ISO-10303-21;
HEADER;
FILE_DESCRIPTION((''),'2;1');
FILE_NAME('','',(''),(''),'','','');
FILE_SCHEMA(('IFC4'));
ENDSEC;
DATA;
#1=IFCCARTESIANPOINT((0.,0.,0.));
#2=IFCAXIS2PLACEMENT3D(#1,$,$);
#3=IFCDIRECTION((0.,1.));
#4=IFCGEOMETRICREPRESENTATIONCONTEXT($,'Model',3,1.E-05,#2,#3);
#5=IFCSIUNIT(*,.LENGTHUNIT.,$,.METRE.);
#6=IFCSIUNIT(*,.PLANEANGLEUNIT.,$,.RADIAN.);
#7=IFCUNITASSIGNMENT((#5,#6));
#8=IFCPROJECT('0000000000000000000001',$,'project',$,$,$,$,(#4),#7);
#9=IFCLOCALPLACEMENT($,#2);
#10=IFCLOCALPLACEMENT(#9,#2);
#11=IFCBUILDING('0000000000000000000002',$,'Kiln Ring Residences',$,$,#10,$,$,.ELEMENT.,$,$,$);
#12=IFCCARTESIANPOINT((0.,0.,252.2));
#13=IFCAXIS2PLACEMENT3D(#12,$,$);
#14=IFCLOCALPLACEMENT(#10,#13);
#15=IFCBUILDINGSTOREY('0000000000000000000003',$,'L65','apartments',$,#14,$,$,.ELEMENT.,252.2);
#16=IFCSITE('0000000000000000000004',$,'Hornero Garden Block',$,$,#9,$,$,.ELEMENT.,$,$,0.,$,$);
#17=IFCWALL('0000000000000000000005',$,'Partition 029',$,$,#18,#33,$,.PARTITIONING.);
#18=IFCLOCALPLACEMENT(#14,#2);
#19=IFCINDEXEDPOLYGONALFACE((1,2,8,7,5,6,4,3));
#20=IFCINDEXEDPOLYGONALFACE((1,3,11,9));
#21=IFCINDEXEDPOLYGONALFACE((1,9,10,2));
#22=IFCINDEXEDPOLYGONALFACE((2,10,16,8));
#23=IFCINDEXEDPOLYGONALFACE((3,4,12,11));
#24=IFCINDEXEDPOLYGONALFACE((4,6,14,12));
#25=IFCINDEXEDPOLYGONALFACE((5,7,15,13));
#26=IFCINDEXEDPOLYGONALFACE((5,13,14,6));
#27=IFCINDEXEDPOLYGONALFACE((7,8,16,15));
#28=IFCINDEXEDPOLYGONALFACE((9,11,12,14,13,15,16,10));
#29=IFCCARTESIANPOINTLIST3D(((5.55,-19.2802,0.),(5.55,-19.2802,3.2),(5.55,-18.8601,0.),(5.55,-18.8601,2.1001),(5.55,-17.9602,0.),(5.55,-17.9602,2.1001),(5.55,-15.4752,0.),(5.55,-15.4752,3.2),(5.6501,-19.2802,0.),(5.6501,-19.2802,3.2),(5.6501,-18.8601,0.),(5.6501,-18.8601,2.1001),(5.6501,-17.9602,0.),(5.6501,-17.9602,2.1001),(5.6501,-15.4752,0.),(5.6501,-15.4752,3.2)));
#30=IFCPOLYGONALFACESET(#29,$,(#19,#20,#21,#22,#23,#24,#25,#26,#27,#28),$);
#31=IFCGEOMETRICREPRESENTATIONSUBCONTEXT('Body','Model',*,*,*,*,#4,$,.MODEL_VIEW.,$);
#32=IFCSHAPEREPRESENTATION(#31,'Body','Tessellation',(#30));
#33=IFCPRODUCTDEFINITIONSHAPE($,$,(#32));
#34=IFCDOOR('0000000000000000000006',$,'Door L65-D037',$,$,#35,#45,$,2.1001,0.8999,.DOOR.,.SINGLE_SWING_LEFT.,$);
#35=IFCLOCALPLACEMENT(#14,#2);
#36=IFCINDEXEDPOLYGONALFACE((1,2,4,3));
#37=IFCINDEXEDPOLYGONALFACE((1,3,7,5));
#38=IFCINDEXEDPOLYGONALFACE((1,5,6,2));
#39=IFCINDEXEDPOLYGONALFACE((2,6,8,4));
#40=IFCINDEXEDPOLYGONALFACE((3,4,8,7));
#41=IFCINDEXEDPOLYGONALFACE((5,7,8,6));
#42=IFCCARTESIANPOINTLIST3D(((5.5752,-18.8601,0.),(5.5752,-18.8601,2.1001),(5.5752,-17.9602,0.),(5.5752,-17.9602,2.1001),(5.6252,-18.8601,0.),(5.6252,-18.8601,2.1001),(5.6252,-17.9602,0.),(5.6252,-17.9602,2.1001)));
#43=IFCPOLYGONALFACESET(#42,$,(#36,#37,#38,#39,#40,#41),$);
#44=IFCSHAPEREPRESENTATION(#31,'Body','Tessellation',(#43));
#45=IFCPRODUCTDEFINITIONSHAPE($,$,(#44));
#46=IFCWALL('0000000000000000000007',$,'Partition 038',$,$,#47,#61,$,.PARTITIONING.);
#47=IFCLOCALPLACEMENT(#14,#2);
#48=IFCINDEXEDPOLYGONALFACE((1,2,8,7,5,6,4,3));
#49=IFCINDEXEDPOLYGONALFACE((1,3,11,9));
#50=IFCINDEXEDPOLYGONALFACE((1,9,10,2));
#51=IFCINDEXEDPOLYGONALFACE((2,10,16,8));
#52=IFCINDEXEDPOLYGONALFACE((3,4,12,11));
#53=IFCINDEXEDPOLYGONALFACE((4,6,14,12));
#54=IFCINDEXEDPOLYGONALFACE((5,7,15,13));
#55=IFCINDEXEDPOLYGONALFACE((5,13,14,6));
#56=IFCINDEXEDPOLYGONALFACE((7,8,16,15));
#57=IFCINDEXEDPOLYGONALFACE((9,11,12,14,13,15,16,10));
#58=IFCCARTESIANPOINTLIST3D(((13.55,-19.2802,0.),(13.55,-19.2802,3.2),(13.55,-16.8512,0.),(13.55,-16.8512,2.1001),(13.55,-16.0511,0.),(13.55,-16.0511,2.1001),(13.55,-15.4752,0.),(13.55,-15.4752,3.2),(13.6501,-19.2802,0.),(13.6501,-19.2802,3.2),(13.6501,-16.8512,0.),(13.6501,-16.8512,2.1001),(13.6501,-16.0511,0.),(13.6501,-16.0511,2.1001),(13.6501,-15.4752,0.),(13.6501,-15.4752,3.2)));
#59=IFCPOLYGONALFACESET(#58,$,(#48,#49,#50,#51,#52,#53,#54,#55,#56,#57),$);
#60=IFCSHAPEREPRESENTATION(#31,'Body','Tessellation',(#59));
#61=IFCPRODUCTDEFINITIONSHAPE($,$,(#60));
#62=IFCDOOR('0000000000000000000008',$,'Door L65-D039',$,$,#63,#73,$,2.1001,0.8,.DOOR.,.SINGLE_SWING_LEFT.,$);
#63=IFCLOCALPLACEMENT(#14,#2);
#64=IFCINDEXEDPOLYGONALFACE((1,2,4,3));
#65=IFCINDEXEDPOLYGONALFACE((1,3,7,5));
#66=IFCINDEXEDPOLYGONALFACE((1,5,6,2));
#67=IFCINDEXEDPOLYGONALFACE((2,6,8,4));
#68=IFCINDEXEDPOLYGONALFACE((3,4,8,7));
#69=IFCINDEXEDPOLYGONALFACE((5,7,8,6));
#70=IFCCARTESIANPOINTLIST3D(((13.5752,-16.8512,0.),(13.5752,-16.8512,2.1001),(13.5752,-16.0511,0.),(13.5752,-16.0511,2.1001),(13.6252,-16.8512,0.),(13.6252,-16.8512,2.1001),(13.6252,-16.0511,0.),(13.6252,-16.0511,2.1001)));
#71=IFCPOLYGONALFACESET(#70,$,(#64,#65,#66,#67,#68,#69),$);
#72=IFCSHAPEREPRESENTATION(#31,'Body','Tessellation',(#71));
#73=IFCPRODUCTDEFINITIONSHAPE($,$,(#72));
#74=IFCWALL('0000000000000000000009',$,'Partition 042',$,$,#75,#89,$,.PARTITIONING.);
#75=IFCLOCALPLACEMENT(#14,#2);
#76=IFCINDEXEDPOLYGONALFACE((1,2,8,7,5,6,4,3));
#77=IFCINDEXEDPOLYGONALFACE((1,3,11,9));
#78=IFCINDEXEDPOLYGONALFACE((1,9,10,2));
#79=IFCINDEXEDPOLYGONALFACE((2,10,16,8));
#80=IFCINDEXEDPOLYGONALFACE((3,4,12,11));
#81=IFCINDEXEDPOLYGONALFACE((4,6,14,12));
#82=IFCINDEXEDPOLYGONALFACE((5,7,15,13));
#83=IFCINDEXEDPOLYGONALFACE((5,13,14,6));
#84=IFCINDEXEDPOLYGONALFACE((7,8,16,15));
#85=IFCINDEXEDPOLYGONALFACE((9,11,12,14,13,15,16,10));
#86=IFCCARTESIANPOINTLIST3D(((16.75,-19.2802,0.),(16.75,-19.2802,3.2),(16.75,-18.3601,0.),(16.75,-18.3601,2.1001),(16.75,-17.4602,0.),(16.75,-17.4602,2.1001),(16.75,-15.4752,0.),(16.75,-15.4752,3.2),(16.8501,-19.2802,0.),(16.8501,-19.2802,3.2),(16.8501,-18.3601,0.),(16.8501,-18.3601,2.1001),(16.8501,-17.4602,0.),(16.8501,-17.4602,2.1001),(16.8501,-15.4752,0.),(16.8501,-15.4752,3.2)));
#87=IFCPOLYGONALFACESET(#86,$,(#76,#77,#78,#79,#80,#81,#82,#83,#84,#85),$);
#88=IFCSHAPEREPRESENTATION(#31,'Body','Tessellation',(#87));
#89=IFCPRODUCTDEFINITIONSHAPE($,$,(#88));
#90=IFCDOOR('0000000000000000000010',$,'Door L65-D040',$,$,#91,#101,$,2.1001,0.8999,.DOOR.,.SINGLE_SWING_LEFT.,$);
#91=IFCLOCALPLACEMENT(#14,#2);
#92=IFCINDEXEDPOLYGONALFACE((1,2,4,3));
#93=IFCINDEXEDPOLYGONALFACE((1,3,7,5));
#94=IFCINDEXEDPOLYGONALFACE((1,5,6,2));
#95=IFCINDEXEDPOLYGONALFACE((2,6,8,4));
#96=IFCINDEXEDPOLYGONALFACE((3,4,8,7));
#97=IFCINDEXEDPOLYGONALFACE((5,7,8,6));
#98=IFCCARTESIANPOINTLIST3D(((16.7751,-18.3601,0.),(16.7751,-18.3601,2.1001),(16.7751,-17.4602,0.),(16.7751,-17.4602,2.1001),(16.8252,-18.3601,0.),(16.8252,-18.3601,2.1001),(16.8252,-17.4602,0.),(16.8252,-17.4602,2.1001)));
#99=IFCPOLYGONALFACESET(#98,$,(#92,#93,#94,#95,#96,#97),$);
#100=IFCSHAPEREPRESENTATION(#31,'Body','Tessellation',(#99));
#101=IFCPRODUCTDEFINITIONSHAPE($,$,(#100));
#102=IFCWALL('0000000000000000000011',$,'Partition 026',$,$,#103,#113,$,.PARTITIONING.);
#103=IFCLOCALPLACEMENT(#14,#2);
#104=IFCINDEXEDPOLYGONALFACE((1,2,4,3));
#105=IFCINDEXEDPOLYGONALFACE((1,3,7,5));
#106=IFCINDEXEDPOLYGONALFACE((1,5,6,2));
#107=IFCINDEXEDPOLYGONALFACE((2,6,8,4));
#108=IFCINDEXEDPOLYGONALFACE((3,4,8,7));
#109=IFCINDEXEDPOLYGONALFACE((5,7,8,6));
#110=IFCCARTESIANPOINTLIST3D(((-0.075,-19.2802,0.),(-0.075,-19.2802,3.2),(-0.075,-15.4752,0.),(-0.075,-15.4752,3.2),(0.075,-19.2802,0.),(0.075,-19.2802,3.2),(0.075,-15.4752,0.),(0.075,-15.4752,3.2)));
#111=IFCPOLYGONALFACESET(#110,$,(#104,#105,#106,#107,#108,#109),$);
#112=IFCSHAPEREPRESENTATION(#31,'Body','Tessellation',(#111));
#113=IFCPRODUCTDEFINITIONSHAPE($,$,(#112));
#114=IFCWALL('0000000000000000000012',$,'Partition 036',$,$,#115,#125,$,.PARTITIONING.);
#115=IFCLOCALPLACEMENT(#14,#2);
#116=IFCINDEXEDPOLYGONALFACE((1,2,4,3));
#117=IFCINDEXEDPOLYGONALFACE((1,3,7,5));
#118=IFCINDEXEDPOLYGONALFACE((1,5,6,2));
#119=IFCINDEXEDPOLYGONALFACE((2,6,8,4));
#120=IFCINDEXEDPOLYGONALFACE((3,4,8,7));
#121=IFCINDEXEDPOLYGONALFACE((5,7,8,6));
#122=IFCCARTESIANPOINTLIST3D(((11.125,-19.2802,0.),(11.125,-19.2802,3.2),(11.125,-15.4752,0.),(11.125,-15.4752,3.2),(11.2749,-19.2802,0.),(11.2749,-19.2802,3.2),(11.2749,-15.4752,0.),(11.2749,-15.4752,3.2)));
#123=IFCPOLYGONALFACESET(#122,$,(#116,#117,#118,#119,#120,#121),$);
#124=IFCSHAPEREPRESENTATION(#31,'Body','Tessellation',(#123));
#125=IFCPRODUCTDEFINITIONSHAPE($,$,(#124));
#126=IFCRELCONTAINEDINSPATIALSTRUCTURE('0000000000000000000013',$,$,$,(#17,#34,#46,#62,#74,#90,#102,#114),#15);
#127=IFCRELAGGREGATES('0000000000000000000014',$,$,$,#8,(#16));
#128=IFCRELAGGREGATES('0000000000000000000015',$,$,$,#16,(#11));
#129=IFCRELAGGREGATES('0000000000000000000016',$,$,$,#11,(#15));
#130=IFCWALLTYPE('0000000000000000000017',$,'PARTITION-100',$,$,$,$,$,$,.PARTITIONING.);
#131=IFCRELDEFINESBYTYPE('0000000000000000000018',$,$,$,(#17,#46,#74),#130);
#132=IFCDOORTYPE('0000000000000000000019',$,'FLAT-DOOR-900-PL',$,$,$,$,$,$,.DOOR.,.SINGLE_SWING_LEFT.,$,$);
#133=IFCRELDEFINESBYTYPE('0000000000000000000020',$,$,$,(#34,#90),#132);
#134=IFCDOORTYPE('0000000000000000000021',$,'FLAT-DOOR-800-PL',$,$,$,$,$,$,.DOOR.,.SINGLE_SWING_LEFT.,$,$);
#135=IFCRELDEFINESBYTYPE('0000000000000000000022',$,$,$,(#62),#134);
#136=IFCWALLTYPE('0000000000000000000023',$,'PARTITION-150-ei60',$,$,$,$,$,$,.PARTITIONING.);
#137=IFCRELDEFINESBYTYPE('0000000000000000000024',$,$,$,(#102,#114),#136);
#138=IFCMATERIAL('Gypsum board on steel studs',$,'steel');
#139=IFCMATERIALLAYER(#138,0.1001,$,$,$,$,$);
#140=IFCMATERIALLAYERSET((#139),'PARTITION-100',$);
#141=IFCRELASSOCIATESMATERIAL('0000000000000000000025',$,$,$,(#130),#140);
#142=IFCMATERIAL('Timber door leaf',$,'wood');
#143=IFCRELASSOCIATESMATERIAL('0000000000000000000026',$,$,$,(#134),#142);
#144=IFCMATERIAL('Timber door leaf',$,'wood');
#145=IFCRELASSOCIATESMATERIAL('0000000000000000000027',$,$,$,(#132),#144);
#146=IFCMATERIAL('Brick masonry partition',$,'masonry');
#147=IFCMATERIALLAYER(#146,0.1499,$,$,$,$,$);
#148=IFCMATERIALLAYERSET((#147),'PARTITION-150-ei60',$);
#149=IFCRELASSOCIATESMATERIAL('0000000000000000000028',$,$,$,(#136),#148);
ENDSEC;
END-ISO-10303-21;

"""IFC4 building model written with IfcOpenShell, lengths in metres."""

from ifc_helpers import new_model, si_unit, direction, frame, frame_2d, origin, place, context, subcontext, project, spatial, rectangle, extrude, material, layer, layer_set, type_object, element, fill, save


model = new_model("IFC4")

# Units and contexts
model_context = context("Model", 3, precision=1e-05, world=origin(), true_north=direction((0.0, 1.0)))
body_context = subcontext(model_context, "Body", "Model", "MODEL_VIEW")
ifc_project = project(units=[si_unit("LENGTHUNIT", "METRE"), si_unit("PLANEANGLEUNIT", "RADIAN")], contexts=[model_context])

# Site, building, storey
site_placement = place(None, origin())
site = spatial("IfcSite", under=ifc_project, at=site_placement, Name="Hornero Garden Block", CompositionType="ELEMENT", RefElevation=0.0)
building_placement = place(site_placement, origin())
building = spatial("IfcBuilding", under=site, at=building_placement, Name="Kiln Ring Residences", CompositionType="ELEMENT")
storey_placement = place(building_placement, frame((0.0, 0.0, 252.2)))
storey = spatial("IfcBuildingStorey", under=building, at=storey_placement, Name="L65", Description="apartments", CompositionType="ELEMENT", Elevation=252.2)

# Walls, openings, doors
ifc_material_1 = material(Name="Gypsum board on steel studs", Category="steel")
ifc_layer_1 = layer(ifc_material_1, 0.1001)
ifc_layer_set_1 = layer_set([ifc_layer_1], Name="PARTITION-100")
wall_type_1 = type_object("IfcWallType", Name="PARTITION-100", PredefinedType="PARTITIONING", material=ifc_layer_set_1)
ifc_material_2 = material(Name="Timber door leaf", Category="wood")
door_type_1 = type_object("IfcDoorType", Name="FLAT-DOOR-800-PL", OperationType="SINGLE_SWING_LEFT", PredefinedType="DOOR", material=ifc_material_2)
wall_1_placement = place(storey_placement, frame((5.6001, -19.28, 0.0), z_axis=(0.0, 0.0, 1.0), x_axis=(0.0, 1.0, 0.0)))
wall_1 = element("IfcWall", 1, at=wall_1_placement, inside=storey, type_object=wall_type_1, Name="Partition 029", PredefinedType="PARTITIONING", context=body_context, shape_type="SweptSolid", body=[
    extrude(rectangle(XDim=3.8049, YDim=0.1001, at=frame_2d((1.9023, 0.0))), origin(), (0.0, 0.0, 1.0), 3.2),
])
opening_1_placement = place(wall_1_placement, frame((0.4199, 0.0, 0.0)))
opening_1 = element("IfcOpeningElement", 2, at=opening_1_placement, cuts=wall_1, PredefinedType="OPENING", context=body_context, shape_type="SweptSolid", body=[
    extrude(rectangle(XDim=0.8999, YDim=2.1001, at=frame_2d((0.45, 1.05))), frame((0.0, 0.0601, 0.0), z_axis=(0.0, -1.0, 0.0), x_axis=(1.0, 0.0, 0.0)), (0.0, 0.0, 1.0), 0.1201),
])
ifc_material_3 = material(Name="Timber door leaf", Category="wood")
door_type_2 = type_object("IfcDoorType", Name="FLAT-DOOR-900-PL", OperationType="SINGLE_SWING_LEFT", PredefinedType="DOOR", material=ifc_material_3)
door_1_placement = place(opening_1_placement, origin())
door_1 = element("IfcDoor", 3, at=door_1_placement, inside=storey, type_object=door_type_2, Name="Door L65-D037", OperationType="SINGLE_SWING_LEFT", OverallHeight=2.1001, OverallWidth=0.8999, PredefinedType="DOOR", context=body_context, shape_type="SweptSolid", body=[
    extrude(rectangle(XDim=0.8999, YDim=2.1001, at=frame_2d((0.45, 1.05))), frame((0.0, 0.0249, 0.0), z_axis=(0.0, -1.0, 0.0), x_axis=(1.0, 0.0, 0.0)), (0.0, 0.0, 1.0), 0.05),
])
fill(opening_1, door_1)
wall_2_placement = place(storey_placement, frame((13.6001, -19.28, 0.0), z_axis=(0.0, 0.0, 1.0), x_axis=(0.0, 1.0, 0.0)))
wall_2 = element("IfcWall", 4, at=wall_2_placement, inside=storey, type_object=wall_type_1, Name="Partition 038", PredefinedType="PARTITIONING", context=body_context, shape_type="SweptSolid", body=[
    extrude(rectangle(XDim=3.8049, YDim=0.1001, at=frame_2d((1.9023, 0.0))), origin(), (0.0, 0.0, 1.0), 3.2),
])
opening_2_placement = place(wall_2_placement, frame((2.429, 0.0, 0.0)))
opening_2 = element("IfcOpeningElement", 5, at=opening_2_placement, cuts=wall_2, PredefinedType="OPENING", context=body_context, shape_type="SweptSolid", body=[
    extrude(rectangle(XDim=0.8, YDim=2.1001, at=frame_2d((0.3999, 1.05))), frame((0.0, 0.0601, 0.0), z_axis=(0.0, -1.0, 0.0), x_axis=(1.0, 0.0, 0.0)), (0.0, 0.0, 1.0), 0.1201),
])
door_2_placement = place(opening_2_placement, origin())
door_2 = element("IfcDoor", 6, at=door_2_placement, inside=storey, type_object=door_type_1, Name="Door L65-D039", OperationType="SINGLE_SWING_LEFT", OverallHeight=2.1001, OverallWidth=0.8, PredefinedType="DOOR", context=body_context, shape_type="SweptSolid", body=[
    extrude(rectangle(XDim=0.8, YDim=2.1001, at=frame_2d((0.3999, 1.05))), frame((0.0, 0.0249, 0.0), z_axis=(0.0, -1.0, 0.0), x_axis=(1.0, 0.0, 0.0)), (0.0, 0.0, 1.0), 0.05),
])
fill(opening_2, door_2)
wall_3_placement = place(storey_placement, frame((16.8, -19.28, 0.0), z_axis=(0.0, 0.0, 1.0), x_axis=(0.0, 1.0, 0.0)))
wall_3 = element("IfcWall", 7, at=wall_3_placement, inside=storey, type_object=wall_type_1, Name="Partition 042", PredefinedType="PARTITIONING", context=body_context, shape_type="SweptSolid", body=[
    extrude(rectangle(XDim=3.8049, YDim=0.1001, at=frame_2d((1.9023, 0.0))), origin(), (0.0, 0.0, 1.0), 3.2),
])
opening_3_placement = place(wall_3_placement, frame((0.9199, 0.0, 0.0)))
opening_3 = element("IfcOpeningElement", 8, at=opening_3_placement, cuts=wall_3, PredefinedType="OPENING", context=body_context, shape_type="SweptSolid", body=[
    extrude(rectangle(XDim=0.8999, YDim=2.1001, at=frame_2d((0.45, 1.05))), frame((0.0, 0.0601, 0.0), z_axis=(0.0, -1.0, 0.0), x_axis=(1.0, 0.0, 0.0)), (0.0, 0.0, 1.0), 0.1201),
])
door_3_placement = place(opening_3_placement, origin())
door_3 = element("IfcDoor", 9, at=door_3_placement, inside=storey, type_object=door_type_2, Name="Door L65-D040", OperationType="SINGLE_SWING_LEFT", OverallHeight=2.1001, OverallWidth=0.8999, PredefinedType="DOOR", context=body_context, shape_type="SweptSolid", body=[
    extrude(rectangle(XDim=0.8999, YDim=2.1001, at=frame_2d((0.45, 1.05))), frame((0.0, 0.0249, 0.0), z_axis=(0.0, -1.0, 0.0), x_axis=(1.0, 0.0, 0.0)), (0.0, 0.0, 1.0), 0.05),
])
fill(opening_3, door_3)

# Walls
ifc_material_4 = material(Name="Brick masonry partition", Category="masonry")
ifc_layer_2 = layer(ifc_material_4, 0.1499)
ifc_layer_set_2 = layer_set([ifc_layer_2], Name="PARTITION-150-ei60")
wall_type_2 = type_object("IfcWallType", Name="PARTITION-150-ei60", PredefinedType="PARTITIONING", material=ifc_layer_set_2)
for number, where, z_axis, x_axis, name in (
    (10, (0.0, -19.28, 0.0), (0.0, 0.0, 1.0), (0.0, 1.0, 0.0), "Partition 026"),
    (11, (11.2, -19.28, 0.0), (0.0, 0.0, 1.0), (0.0, 1.0, 0.0), "Partition 036"),
):
    element("IfcWall", number, at=place(storey_placement, frame(where, z_axis=z_axis, x_axis=x_axis)), inside=storey, type_object=wall_type_2, Name=name, PredefinedType="PARTITIONING", context=body_context, shape_type="SweptSolid", body=[
        extrude(rectangle(XDim=3.8049, YDim=0.1499, at=frame_2d((1.9023, 0.0))), origin(), (0.0, 0.0, 1.0), 3.2),
    ])

save(model, "model.ifc")
